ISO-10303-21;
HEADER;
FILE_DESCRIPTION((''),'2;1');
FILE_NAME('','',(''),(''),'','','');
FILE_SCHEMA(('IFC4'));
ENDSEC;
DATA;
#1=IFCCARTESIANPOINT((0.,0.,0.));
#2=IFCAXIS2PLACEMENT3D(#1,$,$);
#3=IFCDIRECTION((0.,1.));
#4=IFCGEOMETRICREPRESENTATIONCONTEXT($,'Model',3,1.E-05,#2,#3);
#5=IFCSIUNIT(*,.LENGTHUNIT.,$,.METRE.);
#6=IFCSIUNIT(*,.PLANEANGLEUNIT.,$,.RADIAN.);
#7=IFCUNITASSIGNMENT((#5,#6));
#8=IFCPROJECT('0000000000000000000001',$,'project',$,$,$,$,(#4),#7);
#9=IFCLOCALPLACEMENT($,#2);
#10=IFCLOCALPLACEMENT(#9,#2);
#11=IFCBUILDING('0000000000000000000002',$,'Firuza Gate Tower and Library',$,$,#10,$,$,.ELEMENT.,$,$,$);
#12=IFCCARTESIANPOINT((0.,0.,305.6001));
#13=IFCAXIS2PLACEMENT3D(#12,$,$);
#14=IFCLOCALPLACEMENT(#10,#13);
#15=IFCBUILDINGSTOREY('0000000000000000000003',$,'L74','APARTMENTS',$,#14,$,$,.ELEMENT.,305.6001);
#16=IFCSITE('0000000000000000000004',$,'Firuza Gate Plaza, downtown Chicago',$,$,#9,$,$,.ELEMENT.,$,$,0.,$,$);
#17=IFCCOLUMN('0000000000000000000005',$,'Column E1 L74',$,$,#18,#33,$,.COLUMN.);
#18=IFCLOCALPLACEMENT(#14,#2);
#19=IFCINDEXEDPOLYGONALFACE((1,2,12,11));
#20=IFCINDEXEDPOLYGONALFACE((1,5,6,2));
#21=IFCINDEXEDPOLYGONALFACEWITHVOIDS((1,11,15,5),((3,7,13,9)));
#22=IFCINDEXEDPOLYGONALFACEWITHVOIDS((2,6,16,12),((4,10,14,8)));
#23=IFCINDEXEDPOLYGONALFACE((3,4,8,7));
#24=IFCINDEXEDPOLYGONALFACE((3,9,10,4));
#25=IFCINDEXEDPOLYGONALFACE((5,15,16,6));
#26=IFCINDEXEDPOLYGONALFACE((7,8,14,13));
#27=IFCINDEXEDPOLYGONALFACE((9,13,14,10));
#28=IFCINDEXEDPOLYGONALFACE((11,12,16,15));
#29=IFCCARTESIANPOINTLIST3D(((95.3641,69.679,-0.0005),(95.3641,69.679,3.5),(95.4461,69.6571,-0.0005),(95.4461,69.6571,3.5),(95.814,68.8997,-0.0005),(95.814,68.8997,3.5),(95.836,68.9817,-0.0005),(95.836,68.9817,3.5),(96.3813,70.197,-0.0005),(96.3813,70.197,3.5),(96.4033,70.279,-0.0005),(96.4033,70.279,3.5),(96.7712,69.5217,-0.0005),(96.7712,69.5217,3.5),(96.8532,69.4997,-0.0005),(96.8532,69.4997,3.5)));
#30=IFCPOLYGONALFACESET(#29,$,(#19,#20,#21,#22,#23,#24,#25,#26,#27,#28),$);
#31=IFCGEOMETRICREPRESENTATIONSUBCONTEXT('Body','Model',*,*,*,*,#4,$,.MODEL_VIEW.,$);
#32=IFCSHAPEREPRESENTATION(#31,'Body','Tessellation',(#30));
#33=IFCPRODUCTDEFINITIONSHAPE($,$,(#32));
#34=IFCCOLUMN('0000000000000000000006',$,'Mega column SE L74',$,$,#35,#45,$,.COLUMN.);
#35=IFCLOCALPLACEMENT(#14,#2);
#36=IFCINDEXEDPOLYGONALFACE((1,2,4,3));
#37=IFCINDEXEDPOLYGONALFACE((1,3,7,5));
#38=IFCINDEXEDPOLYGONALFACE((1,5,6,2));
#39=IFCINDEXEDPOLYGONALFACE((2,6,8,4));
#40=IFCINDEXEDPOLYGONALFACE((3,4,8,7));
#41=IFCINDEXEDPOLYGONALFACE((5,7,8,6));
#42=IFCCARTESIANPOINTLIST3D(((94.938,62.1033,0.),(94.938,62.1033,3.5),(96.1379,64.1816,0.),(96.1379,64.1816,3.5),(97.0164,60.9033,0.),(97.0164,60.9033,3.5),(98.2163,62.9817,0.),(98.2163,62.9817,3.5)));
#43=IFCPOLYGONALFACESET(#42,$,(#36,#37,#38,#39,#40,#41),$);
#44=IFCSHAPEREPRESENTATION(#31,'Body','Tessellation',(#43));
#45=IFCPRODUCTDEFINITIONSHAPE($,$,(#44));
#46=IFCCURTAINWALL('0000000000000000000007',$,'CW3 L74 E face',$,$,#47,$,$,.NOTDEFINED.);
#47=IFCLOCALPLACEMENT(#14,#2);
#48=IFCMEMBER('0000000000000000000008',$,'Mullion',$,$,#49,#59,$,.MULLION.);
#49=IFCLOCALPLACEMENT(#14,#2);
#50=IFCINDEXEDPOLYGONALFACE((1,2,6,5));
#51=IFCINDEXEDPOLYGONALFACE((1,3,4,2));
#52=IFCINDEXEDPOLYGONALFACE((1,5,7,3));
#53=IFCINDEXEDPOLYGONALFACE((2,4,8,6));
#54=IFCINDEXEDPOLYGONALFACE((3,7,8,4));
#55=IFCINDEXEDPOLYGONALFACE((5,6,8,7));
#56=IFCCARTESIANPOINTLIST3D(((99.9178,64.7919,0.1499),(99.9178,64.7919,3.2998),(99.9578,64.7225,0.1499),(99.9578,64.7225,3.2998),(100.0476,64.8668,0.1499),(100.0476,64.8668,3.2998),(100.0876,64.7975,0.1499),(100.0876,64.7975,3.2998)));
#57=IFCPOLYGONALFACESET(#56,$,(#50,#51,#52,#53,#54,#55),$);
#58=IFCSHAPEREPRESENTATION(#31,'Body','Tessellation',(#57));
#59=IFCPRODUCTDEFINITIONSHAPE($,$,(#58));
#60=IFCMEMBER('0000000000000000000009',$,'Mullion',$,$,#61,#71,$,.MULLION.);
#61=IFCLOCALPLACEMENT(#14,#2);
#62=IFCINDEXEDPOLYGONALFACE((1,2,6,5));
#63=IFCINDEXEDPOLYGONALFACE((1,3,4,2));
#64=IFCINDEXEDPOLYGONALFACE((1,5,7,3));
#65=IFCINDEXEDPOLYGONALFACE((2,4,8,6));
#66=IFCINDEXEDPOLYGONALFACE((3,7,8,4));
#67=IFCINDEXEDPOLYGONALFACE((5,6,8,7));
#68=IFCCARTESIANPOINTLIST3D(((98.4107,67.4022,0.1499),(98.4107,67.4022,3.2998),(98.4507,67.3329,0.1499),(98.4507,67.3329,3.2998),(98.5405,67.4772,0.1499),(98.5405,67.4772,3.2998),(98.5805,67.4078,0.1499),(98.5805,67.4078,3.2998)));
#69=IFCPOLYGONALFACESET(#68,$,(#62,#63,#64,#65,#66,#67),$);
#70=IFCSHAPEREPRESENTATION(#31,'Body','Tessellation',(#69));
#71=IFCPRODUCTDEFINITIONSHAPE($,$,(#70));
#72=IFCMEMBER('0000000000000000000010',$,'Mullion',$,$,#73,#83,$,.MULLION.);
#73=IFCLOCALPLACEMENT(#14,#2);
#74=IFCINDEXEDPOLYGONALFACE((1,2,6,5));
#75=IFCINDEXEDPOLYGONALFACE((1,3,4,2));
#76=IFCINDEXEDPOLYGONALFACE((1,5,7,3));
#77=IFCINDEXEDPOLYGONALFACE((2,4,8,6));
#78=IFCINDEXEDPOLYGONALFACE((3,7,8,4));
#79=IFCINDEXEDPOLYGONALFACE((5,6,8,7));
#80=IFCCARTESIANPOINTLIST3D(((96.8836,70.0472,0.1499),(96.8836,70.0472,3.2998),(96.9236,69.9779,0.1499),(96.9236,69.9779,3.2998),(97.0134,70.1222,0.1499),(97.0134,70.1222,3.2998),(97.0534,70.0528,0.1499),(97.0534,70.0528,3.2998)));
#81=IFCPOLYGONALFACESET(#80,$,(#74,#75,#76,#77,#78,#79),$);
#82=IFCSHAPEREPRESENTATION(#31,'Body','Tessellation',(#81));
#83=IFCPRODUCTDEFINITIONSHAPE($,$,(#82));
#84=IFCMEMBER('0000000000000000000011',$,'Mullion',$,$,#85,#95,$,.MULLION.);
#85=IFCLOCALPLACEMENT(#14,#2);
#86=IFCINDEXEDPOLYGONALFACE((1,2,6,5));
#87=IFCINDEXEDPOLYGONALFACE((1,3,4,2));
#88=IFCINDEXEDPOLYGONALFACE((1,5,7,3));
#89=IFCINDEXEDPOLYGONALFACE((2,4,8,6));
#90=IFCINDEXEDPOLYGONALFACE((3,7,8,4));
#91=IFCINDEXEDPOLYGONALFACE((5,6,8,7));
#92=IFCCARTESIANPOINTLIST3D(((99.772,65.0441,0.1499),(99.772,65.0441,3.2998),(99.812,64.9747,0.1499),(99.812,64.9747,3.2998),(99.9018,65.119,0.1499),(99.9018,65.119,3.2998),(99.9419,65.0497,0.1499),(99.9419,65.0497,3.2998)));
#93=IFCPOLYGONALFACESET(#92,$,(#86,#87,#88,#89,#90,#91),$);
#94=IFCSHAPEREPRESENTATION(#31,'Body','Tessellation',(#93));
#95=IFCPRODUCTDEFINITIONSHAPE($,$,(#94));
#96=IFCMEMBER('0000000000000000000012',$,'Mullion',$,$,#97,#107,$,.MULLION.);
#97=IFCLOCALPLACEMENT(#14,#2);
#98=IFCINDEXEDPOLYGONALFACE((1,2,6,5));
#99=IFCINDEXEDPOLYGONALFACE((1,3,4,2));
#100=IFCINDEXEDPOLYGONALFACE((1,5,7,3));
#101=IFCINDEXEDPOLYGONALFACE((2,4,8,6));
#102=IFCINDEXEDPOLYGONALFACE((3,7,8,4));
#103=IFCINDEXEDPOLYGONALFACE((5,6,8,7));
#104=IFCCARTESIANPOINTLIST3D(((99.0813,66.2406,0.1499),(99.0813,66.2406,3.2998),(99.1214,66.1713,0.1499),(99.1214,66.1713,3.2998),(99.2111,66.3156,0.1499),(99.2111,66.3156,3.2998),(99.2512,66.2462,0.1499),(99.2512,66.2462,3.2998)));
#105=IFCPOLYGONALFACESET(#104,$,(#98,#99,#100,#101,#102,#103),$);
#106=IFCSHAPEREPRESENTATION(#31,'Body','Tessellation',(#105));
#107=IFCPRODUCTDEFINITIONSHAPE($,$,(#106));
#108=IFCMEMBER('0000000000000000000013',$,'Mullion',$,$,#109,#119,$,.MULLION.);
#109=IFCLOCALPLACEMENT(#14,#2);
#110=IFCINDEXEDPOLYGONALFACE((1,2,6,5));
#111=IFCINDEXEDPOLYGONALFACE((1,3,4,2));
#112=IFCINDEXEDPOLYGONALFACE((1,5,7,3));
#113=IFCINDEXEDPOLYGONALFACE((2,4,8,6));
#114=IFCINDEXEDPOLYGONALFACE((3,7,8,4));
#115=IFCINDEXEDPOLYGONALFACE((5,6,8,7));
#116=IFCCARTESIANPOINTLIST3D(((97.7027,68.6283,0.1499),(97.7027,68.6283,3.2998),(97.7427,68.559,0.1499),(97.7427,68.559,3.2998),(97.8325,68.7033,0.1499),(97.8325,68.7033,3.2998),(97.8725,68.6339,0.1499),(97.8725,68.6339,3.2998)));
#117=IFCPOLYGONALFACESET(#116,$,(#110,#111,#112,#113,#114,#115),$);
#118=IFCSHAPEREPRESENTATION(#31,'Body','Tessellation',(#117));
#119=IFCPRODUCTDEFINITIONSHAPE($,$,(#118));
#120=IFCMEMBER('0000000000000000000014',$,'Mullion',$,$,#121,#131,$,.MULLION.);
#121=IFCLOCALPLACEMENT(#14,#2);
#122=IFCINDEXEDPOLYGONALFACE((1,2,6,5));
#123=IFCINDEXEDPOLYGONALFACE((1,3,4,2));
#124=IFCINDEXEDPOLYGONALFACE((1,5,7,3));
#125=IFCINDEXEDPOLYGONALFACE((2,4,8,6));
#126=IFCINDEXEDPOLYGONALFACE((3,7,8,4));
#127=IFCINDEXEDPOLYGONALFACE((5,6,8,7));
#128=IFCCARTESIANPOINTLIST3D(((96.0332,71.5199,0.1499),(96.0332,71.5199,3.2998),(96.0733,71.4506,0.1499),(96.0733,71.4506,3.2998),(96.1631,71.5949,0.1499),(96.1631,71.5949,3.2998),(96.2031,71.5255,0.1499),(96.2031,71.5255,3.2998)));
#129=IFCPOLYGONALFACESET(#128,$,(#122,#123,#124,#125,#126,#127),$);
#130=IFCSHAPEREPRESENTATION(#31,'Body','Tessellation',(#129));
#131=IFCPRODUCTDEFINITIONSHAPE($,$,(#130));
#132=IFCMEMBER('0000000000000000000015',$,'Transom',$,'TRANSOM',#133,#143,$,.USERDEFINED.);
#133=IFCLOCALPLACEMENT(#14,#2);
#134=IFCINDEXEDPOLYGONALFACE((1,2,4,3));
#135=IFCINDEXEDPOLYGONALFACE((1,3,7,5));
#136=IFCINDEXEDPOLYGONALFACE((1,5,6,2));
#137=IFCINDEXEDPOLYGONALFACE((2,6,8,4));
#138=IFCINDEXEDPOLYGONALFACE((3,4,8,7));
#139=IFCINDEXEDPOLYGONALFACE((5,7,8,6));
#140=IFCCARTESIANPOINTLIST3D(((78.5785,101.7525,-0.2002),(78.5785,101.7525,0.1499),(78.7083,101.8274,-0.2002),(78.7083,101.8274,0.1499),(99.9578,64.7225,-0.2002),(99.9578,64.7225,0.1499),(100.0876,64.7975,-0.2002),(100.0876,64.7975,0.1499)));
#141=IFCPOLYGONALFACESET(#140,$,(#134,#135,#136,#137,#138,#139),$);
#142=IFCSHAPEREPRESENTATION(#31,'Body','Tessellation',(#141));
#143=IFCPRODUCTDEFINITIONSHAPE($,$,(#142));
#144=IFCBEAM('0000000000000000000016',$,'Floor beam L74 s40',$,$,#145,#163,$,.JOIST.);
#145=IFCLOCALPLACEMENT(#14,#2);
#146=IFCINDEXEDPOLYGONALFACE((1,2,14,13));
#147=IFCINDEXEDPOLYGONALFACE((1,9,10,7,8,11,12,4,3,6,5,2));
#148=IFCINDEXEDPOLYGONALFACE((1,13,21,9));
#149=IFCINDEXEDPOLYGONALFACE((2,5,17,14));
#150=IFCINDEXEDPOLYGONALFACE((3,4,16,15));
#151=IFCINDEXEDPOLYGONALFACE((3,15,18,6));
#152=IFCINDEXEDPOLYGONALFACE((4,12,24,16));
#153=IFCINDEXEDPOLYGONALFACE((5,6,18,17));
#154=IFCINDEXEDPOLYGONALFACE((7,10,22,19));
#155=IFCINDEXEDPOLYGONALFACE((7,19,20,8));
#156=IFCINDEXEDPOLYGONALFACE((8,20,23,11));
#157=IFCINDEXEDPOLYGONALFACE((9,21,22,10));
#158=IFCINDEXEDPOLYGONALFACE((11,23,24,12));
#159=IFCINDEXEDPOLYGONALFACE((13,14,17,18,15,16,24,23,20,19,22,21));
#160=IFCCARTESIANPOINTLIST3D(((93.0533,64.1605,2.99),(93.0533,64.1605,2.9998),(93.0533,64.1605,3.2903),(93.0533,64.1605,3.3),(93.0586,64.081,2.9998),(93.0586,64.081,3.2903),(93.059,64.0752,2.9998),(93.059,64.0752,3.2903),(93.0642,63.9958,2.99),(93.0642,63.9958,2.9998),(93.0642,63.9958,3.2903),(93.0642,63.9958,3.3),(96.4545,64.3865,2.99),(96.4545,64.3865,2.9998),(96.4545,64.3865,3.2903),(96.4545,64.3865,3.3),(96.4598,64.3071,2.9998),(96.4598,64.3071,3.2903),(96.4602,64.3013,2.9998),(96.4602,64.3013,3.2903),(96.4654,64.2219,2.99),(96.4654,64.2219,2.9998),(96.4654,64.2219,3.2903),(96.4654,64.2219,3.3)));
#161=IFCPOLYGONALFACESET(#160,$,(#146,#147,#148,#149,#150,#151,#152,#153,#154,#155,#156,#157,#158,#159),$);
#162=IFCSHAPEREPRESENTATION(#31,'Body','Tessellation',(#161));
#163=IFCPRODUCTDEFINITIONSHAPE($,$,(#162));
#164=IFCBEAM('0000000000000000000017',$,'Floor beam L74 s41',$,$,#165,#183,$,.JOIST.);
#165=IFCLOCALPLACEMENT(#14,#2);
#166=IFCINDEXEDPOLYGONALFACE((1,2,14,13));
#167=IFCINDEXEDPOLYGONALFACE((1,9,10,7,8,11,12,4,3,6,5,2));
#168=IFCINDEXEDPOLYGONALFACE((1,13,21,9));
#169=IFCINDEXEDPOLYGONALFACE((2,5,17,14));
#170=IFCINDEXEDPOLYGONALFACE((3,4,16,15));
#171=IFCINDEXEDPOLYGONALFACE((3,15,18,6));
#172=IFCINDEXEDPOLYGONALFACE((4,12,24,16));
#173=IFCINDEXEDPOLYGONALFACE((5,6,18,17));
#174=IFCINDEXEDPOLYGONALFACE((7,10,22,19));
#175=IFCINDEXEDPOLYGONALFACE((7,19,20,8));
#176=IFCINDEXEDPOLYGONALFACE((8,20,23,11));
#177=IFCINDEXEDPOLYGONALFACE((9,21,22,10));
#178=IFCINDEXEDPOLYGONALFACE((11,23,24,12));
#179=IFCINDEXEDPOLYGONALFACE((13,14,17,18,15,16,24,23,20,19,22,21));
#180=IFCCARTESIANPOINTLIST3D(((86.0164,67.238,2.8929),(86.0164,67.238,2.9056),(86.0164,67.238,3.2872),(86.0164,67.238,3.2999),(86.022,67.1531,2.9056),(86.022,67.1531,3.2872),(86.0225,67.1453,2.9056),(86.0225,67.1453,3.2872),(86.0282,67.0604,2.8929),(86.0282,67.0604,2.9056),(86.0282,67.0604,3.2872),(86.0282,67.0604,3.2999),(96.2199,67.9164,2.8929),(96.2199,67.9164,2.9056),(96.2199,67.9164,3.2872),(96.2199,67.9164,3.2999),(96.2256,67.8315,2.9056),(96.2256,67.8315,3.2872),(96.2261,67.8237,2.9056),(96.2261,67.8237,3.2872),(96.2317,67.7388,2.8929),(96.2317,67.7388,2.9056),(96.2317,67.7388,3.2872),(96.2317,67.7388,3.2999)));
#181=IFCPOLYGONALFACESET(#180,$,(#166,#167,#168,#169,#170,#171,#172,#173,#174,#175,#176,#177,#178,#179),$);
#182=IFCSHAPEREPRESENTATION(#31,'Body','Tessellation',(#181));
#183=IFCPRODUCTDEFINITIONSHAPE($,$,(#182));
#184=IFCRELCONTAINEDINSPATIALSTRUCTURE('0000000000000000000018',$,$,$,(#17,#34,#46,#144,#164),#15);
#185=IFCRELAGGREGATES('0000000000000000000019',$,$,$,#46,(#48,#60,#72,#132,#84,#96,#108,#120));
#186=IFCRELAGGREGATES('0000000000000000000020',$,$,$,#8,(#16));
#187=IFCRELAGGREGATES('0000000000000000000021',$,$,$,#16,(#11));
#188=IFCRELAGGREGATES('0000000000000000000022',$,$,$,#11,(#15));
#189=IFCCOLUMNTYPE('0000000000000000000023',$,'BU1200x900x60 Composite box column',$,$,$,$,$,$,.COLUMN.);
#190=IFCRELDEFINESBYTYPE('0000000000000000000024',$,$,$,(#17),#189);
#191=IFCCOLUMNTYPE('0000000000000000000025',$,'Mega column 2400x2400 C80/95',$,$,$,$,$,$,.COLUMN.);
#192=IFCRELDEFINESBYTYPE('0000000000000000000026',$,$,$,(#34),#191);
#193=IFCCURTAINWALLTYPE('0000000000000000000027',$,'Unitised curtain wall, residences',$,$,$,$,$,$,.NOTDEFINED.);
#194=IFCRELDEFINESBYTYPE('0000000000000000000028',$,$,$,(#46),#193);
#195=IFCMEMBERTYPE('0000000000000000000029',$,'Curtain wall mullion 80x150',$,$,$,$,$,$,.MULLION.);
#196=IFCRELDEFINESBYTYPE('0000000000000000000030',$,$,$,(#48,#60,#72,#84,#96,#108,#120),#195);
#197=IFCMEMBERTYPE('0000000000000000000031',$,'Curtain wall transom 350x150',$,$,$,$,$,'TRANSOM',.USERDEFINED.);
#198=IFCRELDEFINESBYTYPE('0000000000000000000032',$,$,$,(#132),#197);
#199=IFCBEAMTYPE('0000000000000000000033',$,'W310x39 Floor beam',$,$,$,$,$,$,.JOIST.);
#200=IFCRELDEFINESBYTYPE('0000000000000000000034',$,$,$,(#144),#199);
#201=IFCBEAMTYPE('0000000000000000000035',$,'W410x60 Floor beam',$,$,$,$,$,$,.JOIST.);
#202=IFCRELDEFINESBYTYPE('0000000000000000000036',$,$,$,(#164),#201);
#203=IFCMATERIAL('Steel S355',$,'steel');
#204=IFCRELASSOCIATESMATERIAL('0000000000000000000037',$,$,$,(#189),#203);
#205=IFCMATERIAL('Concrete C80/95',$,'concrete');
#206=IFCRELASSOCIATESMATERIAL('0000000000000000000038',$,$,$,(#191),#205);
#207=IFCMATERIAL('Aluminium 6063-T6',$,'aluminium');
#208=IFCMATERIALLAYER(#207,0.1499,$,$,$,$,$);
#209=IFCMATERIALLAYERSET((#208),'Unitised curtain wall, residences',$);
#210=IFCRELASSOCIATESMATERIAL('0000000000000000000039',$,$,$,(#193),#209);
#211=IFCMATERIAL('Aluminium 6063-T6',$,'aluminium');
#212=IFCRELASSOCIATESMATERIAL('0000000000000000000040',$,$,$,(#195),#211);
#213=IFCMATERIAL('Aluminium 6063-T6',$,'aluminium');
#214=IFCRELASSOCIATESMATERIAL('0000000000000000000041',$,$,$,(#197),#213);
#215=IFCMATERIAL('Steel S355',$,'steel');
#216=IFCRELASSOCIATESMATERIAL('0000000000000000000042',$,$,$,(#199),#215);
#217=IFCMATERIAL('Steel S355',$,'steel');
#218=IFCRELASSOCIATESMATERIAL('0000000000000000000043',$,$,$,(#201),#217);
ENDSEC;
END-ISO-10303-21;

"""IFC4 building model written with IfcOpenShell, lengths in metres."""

from ifc_helpers import new_model, si_unit, direction, frame, origin, origin_2d, place, context, subcontext, project, spatial, rectangle, hollow_rectangle, i_section, extrude, material, layer, layer_set, material_profile, profile_set, type_object, element, aggregate, save


model = new_model("IFC4")

# Units and contexts
model_context = context("Model", 3, precision=1e-05, world=origin(), true_north=direction((0.0, 1.0)))
body_context = subcontext(model_context, "Body", "Model", "MODEL_VIEW")
ifc_project = project(units=[si_unit("LENGTHUNIT", "METRE"), si_unit("PLANEANGLEUNIT", "RADIAN")], contexts=[model_context])

# Site, building, storey
site_placement = place(None, origin())
site = spatial("IfcSite", under=ifc_project, at=site_placement, Name="Firuza Gate Plaza, downtown Chicago", CompositionType="ELEMENT", RefElevation=0.0)
building_placement = place(site_placement, origin())
building = spatial("IfcBuilding", under=site, at=building_placement, Name="Firuza Gate Tower and Library", CompositionType="ELEMENT")
storey_placement = place(building_placement, frame((0.0, 0.0, 305.6001)))
storey = spatial("IfcBuildingStorey", under=building, at=storey_placement, Name="L74", Description="APARTMENTS", CompositionType="ELEMENT", Elevation=305.6001)

# Columns
ifc_material_1 = material(Name="Steel S355", Category="steel")
ifc_material_profile_1 = material_profile(ifc_material_1, hollow_rectangle(XDim=0.8999, YDim=1.2, WallThickness=0.0601, at=origin_2d()))
ifc_profile_set_1 = profile_set([ifc_material_profile_1], Name="Steel S355")
column_type_1 = type_object("IfcColumnType", Name="BU1200x900x60 Composite box column", PredefinedType="COLUMN", material=ifc_profile_set_1)
column_1_placement = place(storey_placement, frame((96.1086, 69.5894, -0.0005), z_axis=(0.0, 0.0, 1.0), x_axis=(-0.5, 0.866025, 0.0)))
element("IfcColumn", 1, at=column_1_placement, inside=storey, type_object=column_type_1, Name="Column E1 L74", PredefinedType="COLUMN", context=body_context, shape_type="SweptSolid", body=[
    extrude(hollow_rectangle(XDim=0.8999, YDim=1.2, WallThickness=0.0601, at=origin_2d()), origin(), (0.0, 0.0, 1.0), 3.5005),
])
ifc_material_2 = material(Name="Concrete C80/95", Category="concrete")
ifc_material_profile_2 = material_profile(ifc_material_2, rectangle(XDim=2.3999, YDim=2.3999, at=origin_2d()))
ifc_profile_set_2 = profile_set([ifc_material_profile_2], Name="Concrete C80/95")
column_type_2 = type_object("IfcColumnType", Name="Mega column 2400x2400 C80/95", PredefinedType="COLUMN", material=ifc_profile_set_2)
column_2_placement = place(storey_placement, frame((96.5771, 62.5425, 0.0), z_axis=(0.0, 0.0, 1.0), x_axis=(0.5, 0.866025, 0.0)))
element("IfcColumn", 2, at=column_2_placement, inside=storey, type_object=column_type_2, Name="Mega column SE L74", PredefinedType="COLUMN", context=body_context, shape_type="SweptSolid", body=[
    extrude(rectangle(XDim=2.3999, YDim=2.3999, at=origin_2d()), origin(), (0.0, 0.0, 1.0), 3.5),
])

# Curtain wall, members
ifc_material_3 = material(Name="Aluminium 6063-T6", Category="aluminium")
ifc_layer_1 = layer(ifc_material_3, 0.1499)
ifc_layer_set_1 = layer_set([ifc_layer_1], Name="Unitised curtain wall, residences")
curtain_wall_type = type_object("IfcCurtainWallType", Name="Unitised curtain wall, residences", PredefinedType="NOTDEFINED", material=ifc_layer_set_1)
curtain_wall_placement = place(storey_placement, origin())
curtain_wall = element("IfcCurtainWall", 3, at=curtain_wall_placement, inside=storey, type_object=curtain_wall_type, Name="CW3 L74 E face", PredefinedType="NOTDEFINED")
ifc_material_4 = material(Name="Aluminium 6063-T6", Category="aluminium")
ifc_material_profile_3 = material_profile(ifc_material_4, rectangle(XDim=0.1499, YDim=0.0801, at=origin_2d()))
ifc_profile_set_3 = profile_set([ifc_material_profile_3], Name="Aluminium 6063-T6")
member_type_1 = type_object("IfcMemberType", Name="Curtain wall mullion 80x150", PredefinedType="MULLION", material=ifc_profile_set_3)
member_1_placement = place(storey_placement, frame((100.0027, 64.7947, 0.1499), z_axis=(0.0, 0.0, 1.0), x_axis=(-0.866025, -0.5, 0.0)))
member_1 = element("IfcMember", 4, at=member_1_placement, type_object=member_type_1, Name="Mullion", PredefinedType="MULLION", context=body_context, shape_type="SweptSolid", body=[
    extrude(rectangle(XDim=0.1499, YDim=0.0801, at=origin_2d()), origin(), (0.0, 0.0, 1.0), 3.1499),
])
member_2_placement = place(storey_placement, frame((98.4956, 67.405, 0.1499), z_axis=(0.0, 0.0, 1.0), x_axis=(-0.866025, -0.5, 0.0)))
member_2 = element("IfcMember", 5, at=member_2_placement, type_object=member_type_1, Name="Mullion", PredefinedType="MULLION", context=body_context, shape_type="SweptSolid", body=[
    extrude(rectangle(XDim=0.1499, YDim=0.0801, at=origin_2d()), origin(), (0.0, 0.0, 1.0), 3.1499),
])
member_3_placement = place(storey_placement, frame((96.9685, 70.05, 0.1499), z_axis=(0.0, 0.0, 1.0), x_axis=(-0.866025, -0.5, 0.0)))
member_3 = element("IfcMember", 6, at=member_3_placement, type_object=member_type_1, Name="Mullion", PredefinedType="MULLION", context=body_context, shape_type="SweptSolid", body=[
    extrude(rectangle(XDim=0.1499, YDim=0.0801, at=origin_2d()), origin(), (0.0, 0.0, 1.0), 3.1499),
])
member_4_placement = place(storey_placement, frame((99.8569, 65.0469, 0.1499), z_axis=(0.0, 0.0, 1.0), x_axis=(-0.866025, -0.5, 0.0)))
member_4 = element("IfcMember", 7, at=member_4_placement, type_object=member_type_1, Name="Mullion", PredefinedType="MULLION", context=body_context, shape_type="SweptSolid", body=[
    extrude(rectangle(XDim=0.1499, YDim=0.0801, at=origin_2d()), origin(), (0.0, 0.0, 1.0), 3.1499),
])
member_5_placement = place(storey_placement, frame((99.1663, 66.2434, 0.1499), z_axis=(0.0, 0.0, 1.0), x_axis=(-0.866025, -0.5, 0.0)))
member_5 = element("IfcMember", 8, at=member_5_placement, type_object=member_type_1, Name="Mullion", PredefinedType="MULLION", context=body_context, shape_type="SweptSolid", body=[
    extrude(rectangle(XDim=0.1499, YDim=0.0801, at=origin_2d()), origin(), (0.0, 0.0, 1.0), 3.1499),
])
member_6_placement = place(storey_placement, frame((97.7876, 68.6311, 0.1499), z_axis=(0.0, 0.0, 1.0), x_axis=(-0.866025, -0.5, 0.0)))
member_6 = element("IfcMember", 9, at=member_6_placement, type_object=member_type_1, Name="Mullion", PredefinedType="MULLION", context=body_context, shape_type="SweptSolid", body=[
    extrude(rectangle(XDim=0.1499, YDim=0.0801, at=origin_2d()), origin(), (0.0, 0.0, 1.0), 3.1499),
])
member_7_placement = place(storey_placement, frame((96.1182, 71.5227, 0.1499), z_axis=(0.0, 0.0, 1.0), x_axis=(-0.866025, -0.5, 0.0)))
member_7 = element("IfcMember", 10, at=member_7_placement, type_object=member_type_1, Name="Mullion", PredefinedType="MULLION", context=body_context, shape_type="SweptSolid", body=[
    extrude(rectangle(XDim=0.1499, YDim=0.0801, at=origin_2d()), origin(), (0.0, 0.0, 1.0), 3.1499),
])
ifc_material_5 = material(Name="Aluminium 6063-T6", Category="aluminium")
ifc_material_profile_4 = material_profile(ifc_material_5, rectangle(XDim=0.1499, YDim=0.3501, at=origin_2d()))
ifc_profile_set_4 = profile_set([ifc_material_profile_4], Name="Aluminium 6063-T6")
member_type_2 = type_object("IfcMemberType", Name="Curtain wall transom 350x150", ElementType="TRANSOM", PredefinedType="USERDEFINED", material=ifc_profile_set_4)
member_8_placement = place(storey_placement, frame((100.0227, 64.76, -0.0251), z_axis=(-0.500002, 0.866024, 0.0), x_axis=(-0.866024, -0.500002, 0.0)))
member_8 = element("IfcMember", 11, at=member_8_placement, type_object=member_type_2, Name="Transom", ObjectType="TRANSOM", PredefinedType="USERDEFINED", context=body_context, shape_type="SweptSolid", body=[
    extrude(rectangle(XDim=0.1499, YDim=0.3501, at=origin_2d()), origin(), (0.0, 0.0, 1.0), 42.7585),
])

# Beams
ifc_material_6 = material(Name="Steel S355", Category="steel")
ifc_material_profile_5 = material_profile(ifc_material_6, i_section(OverallWidth=0.165, OverallDepth=0.3101, WebThickness=0.0059, FlangeThickness=0.0098, at=origin_2d()))
ifc_profile_set_5 = profile_set([ifc_material_profile_5], Name="Steel S355")
beam_type_1 = type_object("IfcBeamType", Name="W310x39 Floor beam", PredefinedType="JOIST", material=ifc_profile_set_5)
beam_1_placement = place(storey_placement, frame((96.46, 64.3042, 3.145), z_axis=(-0.997798, -0.066324, 0.0), x_axis=(0.066324, -0.997798, 0.0)))
element("IfcBeam", 12, at=beam_1_placement, inside=storey, type_object=beam_type_1, Name="Floor beam L74 s40", PredefinedType="JOIST", context=body_context, shape_type="SweptSolid", body=[
    extrude(i_section(OverallWidth=0.165, OverallDepth=0.3101, WebThickness=0.0059, FlangeThickness=0.0098, at=origin_2d()), origin(), (0.0, 0.0, 1.0), 3.4087),
])
ifc_material_7 = material(Name="Steel S355", Category="steel")
ifc_material_profile_6 = material_profile(ifc_material_7, i_section(OverallWidth=0.178, OverallDepth=0.407, WebThickness=0.0078, FlangeThickness=0.0127, at=origin_2d()))
ifc_profile_set_6 = profile_set([ifc_material_profile_6], Name="Steel S355")
beam_type_2 = type_object("IfcBeamType", Name="W410x60 Floor beam", PredefinedType="JOIST", material=ifc_profile_set_6)
beam_2_placement = place(storey_placement, frame((96.2258, 67.8276, 3.0964), z_axis=(-0.997797, -0.066346, 0.0), x_axis=(0.066346, -0.997797, 0.0)))
element("IfcBeam", 13, at=beam_2_placement, inside=storey, type_object=beam_type_2, Name="Floor beam L74 s41", PredefinedType="JOIST", context=body_context, shape_type="SweptSolid", body=[
    extrude(i_section(OverallWidth=0.178, OverallDepth=0.407, WebThickness=0.0078, FlangeThickness=0.0127, at=origin_2d()), origin(), (0.0, 0.0, 1.0), 10.2261),
])

aggregate(curtain_wall, [member_1, member_2, member_3, member_8, member_4, member_5, member_6, member_7])

save(model, "model.ifc")
